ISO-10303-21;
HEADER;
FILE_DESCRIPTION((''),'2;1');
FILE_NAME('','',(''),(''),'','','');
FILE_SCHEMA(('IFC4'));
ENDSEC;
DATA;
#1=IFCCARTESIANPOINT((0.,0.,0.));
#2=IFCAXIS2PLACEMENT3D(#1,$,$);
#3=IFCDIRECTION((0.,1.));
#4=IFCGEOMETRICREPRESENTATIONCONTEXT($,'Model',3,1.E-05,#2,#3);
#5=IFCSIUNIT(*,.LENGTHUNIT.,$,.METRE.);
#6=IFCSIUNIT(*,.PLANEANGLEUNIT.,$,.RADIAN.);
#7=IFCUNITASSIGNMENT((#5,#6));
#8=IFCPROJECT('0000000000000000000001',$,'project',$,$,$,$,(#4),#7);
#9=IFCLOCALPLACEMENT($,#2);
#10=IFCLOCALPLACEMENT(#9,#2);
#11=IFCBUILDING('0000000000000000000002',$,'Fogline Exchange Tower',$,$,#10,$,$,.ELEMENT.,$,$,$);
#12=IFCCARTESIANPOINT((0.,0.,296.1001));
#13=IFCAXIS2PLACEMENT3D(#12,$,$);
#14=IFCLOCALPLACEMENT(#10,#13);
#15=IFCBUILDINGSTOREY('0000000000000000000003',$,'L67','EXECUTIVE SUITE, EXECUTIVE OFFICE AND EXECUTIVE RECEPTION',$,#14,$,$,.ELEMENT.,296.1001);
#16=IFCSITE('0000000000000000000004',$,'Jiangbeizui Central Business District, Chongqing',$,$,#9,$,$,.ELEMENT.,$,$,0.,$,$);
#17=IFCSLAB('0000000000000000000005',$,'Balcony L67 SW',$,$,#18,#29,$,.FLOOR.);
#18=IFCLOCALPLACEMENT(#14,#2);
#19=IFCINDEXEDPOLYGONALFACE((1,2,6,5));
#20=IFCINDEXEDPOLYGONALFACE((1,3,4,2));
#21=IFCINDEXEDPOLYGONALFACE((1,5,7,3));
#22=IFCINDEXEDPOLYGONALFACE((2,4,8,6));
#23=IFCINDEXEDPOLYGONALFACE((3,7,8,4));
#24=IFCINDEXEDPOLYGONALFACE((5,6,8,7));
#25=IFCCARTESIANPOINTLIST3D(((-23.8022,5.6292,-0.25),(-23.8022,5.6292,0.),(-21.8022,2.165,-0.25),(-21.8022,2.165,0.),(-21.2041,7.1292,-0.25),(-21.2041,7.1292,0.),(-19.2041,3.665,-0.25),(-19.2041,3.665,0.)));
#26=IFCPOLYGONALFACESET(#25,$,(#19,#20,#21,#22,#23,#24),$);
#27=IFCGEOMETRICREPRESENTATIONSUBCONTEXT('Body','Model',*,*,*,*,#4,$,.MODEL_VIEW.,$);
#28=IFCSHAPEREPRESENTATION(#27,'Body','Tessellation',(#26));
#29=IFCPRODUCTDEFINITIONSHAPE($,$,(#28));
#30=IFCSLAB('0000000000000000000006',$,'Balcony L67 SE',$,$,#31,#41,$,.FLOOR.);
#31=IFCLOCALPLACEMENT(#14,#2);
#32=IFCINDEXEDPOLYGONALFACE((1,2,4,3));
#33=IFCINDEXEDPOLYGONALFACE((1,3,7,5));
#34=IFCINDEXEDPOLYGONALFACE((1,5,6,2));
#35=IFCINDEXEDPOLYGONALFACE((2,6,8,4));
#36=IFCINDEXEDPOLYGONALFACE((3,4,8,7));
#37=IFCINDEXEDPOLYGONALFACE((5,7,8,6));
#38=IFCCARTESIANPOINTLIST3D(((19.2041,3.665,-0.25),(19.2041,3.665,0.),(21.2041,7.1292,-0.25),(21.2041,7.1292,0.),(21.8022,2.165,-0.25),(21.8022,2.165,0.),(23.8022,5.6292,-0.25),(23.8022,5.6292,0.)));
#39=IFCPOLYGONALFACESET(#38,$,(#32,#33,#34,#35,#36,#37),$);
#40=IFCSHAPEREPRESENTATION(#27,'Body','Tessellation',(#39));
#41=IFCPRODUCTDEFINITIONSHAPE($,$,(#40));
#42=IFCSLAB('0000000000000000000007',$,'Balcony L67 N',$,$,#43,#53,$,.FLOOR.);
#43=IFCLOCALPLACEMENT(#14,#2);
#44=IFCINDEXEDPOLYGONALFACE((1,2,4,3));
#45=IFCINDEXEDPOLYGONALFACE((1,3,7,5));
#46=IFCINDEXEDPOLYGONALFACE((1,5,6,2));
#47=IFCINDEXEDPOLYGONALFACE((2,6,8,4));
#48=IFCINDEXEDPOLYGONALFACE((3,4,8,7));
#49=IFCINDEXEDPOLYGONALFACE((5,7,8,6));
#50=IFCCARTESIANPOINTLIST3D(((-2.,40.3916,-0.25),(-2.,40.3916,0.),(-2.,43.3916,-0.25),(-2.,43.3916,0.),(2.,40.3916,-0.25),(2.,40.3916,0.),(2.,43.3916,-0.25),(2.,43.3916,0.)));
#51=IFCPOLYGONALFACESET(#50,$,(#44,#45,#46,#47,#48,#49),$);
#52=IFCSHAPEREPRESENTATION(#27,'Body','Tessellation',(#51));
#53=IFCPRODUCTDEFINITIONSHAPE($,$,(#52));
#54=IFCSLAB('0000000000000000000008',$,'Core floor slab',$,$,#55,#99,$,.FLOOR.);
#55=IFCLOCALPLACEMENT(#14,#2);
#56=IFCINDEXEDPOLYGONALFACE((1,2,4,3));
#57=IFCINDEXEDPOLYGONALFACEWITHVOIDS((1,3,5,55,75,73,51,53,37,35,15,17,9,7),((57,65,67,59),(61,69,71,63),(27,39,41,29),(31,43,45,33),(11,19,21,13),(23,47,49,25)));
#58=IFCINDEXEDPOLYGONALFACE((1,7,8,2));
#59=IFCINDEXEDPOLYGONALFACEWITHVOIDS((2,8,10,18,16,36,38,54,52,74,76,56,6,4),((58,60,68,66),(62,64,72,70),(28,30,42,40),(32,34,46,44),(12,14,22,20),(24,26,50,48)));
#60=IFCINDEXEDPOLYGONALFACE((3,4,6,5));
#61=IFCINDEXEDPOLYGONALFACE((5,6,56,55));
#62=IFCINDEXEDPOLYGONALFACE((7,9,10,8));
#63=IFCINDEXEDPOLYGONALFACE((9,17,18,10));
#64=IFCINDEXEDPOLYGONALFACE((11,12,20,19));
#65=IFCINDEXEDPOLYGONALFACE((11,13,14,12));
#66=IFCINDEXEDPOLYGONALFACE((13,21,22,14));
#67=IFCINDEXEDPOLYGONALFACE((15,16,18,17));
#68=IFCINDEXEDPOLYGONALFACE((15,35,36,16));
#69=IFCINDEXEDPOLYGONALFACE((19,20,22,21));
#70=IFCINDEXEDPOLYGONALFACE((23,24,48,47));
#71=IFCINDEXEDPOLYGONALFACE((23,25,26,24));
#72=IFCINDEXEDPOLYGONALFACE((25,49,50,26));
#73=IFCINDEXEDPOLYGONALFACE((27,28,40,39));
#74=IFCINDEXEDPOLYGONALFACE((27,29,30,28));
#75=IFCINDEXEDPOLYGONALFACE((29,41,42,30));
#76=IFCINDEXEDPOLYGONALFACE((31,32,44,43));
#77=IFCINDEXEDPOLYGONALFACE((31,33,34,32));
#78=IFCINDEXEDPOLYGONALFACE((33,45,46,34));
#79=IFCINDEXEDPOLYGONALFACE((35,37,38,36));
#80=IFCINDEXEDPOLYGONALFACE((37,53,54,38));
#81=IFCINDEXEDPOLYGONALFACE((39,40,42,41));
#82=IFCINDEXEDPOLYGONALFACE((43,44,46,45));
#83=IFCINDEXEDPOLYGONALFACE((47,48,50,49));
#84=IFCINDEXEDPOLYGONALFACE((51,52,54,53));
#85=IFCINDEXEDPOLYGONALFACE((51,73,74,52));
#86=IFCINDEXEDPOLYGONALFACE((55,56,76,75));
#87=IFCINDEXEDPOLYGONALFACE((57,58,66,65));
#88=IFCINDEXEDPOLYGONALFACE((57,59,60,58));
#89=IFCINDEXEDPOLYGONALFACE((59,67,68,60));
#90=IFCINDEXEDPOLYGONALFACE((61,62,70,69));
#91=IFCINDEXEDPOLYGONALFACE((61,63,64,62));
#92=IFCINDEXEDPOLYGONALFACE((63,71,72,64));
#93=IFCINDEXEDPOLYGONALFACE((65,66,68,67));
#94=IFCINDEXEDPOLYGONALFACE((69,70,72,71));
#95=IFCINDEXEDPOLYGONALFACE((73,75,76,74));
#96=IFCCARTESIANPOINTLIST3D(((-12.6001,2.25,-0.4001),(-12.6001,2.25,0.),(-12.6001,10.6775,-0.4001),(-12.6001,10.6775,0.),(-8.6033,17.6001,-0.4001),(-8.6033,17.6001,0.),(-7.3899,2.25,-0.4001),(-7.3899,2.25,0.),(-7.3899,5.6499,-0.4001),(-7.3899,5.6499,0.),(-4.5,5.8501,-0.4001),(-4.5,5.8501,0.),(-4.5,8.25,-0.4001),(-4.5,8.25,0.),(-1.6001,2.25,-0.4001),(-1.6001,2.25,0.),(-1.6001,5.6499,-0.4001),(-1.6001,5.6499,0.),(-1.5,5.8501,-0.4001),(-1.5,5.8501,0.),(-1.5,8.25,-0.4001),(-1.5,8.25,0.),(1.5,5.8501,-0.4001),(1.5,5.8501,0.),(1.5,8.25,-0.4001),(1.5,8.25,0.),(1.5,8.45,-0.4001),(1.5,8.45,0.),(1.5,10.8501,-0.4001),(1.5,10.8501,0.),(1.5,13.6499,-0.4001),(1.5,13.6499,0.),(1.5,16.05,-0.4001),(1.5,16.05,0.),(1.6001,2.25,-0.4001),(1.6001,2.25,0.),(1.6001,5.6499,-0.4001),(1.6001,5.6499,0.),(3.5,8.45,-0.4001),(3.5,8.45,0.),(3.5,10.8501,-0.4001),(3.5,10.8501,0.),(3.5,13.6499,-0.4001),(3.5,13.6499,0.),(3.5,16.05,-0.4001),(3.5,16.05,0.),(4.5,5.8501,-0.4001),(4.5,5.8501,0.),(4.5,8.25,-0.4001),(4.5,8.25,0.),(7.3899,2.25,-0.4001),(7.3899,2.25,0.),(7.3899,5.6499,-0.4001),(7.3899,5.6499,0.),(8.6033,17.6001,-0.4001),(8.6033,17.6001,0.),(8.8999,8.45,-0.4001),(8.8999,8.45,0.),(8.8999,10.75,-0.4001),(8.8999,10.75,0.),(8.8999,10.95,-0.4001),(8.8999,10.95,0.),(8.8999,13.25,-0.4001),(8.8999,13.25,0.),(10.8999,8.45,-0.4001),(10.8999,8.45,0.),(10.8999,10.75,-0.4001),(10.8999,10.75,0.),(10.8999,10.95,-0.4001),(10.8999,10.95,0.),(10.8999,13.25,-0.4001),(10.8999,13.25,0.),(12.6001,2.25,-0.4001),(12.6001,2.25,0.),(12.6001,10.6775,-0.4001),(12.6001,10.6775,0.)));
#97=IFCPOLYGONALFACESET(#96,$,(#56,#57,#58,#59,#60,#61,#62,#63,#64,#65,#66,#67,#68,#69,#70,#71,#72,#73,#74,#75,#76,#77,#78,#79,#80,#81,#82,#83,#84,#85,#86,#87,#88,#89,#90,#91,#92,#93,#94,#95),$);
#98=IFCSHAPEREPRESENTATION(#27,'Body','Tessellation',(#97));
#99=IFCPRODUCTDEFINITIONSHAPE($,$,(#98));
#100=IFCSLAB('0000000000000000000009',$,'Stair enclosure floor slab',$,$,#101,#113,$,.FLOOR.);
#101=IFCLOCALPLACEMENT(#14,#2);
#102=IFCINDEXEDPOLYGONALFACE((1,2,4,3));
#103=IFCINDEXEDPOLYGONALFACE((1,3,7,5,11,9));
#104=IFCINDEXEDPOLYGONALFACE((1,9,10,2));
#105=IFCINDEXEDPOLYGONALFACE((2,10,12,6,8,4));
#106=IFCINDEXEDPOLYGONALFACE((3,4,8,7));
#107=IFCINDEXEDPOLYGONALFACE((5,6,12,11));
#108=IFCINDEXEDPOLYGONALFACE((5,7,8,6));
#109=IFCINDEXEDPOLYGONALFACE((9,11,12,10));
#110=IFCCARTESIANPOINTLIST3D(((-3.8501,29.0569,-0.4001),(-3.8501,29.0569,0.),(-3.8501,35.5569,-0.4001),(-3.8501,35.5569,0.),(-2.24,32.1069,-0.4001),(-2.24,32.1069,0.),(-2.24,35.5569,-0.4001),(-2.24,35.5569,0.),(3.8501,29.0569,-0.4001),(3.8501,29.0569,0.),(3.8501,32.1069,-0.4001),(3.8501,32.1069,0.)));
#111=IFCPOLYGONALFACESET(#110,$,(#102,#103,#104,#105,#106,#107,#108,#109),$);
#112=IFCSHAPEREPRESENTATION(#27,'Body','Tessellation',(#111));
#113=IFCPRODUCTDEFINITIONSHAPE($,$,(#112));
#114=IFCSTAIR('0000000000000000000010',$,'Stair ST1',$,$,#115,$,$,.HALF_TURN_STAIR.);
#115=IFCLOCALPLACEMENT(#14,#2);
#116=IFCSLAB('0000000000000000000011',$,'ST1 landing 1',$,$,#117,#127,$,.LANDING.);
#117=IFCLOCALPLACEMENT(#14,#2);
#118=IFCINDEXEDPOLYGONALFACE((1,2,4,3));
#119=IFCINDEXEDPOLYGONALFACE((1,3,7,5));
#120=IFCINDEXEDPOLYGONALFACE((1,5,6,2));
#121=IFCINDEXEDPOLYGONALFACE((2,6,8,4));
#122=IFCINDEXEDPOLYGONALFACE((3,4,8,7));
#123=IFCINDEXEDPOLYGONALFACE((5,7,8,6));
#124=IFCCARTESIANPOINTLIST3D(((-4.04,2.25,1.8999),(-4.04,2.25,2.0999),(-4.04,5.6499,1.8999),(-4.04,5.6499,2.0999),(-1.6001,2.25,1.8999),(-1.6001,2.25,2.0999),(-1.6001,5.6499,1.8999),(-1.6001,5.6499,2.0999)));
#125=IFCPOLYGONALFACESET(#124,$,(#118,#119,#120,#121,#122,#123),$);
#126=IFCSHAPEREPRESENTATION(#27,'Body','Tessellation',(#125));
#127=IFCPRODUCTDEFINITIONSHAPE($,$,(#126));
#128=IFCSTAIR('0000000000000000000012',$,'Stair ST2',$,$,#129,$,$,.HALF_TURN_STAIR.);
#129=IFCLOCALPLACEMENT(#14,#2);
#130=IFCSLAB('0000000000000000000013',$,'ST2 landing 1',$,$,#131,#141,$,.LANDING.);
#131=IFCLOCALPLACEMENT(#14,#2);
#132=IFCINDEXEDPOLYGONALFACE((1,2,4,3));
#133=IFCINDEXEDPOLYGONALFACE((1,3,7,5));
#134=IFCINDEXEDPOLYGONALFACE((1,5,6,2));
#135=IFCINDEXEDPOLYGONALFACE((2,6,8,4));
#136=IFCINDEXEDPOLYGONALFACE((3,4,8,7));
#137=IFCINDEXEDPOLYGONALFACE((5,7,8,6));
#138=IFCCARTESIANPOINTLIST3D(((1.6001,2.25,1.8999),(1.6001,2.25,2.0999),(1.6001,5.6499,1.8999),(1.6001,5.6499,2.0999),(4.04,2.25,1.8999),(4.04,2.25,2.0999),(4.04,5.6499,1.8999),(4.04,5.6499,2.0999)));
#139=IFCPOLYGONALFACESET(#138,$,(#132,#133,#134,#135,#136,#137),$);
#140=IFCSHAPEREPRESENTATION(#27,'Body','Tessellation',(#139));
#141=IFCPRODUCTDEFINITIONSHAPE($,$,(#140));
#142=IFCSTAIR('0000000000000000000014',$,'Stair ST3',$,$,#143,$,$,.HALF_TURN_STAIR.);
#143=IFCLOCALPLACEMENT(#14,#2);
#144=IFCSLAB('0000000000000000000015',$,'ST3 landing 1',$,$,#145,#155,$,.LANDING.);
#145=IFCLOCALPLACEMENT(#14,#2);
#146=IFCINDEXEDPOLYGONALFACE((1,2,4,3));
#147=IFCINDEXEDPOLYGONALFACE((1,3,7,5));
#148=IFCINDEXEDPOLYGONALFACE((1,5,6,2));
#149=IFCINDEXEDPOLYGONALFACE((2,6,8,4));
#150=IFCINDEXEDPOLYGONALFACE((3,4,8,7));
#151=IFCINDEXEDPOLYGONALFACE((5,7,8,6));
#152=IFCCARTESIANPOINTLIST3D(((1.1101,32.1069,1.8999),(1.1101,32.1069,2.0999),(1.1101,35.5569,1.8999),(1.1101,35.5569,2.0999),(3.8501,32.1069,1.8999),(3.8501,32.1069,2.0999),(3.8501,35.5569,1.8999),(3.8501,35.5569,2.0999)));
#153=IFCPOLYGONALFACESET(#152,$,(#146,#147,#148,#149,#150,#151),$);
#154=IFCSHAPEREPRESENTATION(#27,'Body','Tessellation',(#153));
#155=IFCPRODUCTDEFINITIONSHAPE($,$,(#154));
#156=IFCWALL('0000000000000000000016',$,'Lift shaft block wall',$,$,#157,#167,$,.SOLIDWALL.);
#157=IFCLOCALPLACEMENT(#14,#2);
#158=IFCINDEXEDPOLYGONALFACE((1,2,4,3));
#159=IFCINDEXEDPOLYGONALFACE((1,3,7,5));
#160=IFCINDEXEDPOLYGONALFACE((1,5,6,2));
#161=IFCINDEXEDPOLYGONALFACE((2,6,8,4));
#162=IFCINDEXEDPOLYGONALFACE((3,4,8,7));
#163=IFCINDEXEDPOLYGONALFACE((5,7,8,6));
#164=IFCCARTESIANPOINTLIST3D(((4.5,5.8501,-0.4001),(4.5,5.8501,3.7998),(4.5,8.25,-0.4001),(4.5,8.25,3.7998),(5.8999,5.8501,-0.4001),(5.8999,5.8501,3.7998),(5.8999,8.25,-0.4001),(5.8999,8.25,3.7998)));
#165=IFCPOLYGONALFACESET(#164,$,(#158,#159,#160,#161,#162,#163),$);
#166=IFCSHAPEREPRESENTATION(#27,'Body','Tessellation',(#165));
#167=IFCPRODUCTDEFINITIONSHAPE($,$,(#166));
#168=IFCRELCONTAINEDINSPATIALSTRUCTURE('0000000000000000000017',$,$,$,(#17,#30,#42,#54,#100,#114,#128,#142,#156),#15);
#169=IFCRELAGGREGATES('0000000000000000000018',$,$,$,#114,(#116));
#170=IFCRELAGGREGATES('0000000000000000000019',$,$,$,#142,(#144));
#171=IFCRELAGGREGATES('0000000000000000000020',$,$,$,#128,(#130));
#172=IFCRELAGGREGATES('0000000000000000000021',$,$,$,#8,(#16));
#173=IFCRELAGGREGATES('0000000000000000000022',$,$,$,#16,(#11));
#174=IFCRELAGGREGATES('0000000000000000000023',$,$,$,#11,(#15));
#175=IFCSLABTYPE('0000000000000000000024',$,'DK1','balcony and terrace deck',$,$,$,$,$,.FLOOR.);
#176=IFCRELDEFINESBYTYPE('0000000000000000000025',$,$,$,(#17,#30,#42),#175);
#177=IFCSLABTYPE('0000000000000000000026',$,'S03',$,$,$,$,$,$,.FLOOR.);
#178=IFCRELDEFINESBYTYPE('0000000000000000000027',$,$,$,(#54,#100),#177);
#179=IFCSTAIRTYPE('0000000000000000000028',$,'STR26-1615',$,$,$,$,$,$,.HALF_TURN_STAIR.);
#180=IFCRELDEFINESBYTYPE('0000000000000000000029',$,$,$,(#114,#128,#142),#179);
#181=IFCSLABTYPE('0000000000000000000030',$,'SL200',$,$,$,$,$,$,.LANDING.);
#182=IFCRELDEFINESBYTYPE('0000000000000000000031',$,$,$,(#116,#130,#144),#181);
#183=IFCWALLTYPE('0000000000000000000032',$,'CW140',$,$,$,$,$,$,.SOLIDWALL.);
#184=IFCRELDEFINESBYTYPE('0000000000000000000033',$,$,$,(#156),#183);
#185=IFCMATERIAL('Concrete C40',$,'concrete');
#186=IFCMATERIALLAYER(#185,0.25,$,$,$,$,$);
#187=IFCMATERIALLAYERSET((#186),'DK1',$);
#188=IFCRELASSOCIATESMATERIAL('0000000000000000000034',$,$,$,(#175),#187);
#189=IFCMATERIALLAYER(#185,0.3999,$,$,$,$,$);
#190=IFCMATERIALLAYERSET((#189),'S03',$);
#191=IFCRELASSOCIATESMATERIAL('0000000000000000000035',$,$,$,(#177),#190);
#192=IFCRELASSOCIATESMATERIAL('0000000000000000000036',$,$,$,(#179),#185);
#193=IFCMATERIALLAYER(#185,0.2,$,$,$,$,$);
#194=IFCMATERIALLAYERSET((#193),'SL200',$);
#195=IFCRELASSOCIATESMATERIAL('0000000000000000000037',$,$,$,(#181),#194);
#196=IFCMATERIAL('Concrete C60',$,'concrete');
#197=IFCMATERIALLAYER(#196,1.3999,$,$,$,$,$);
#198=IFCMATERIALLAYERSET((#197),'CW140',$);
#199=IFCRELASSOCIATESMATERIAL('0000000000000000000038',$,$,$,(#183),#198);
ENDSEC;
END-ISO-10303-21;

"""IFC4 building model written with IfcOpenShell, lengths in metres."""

from ifc_helpers import new_model, si_unit, direction, frame, frame_2d, origin, place, context, subcontext, project, spatial, polyline, rectangle, outline, extrude, material, layer, layer_set, type_object, element, aggregate, save


model = new_model("IFC4")

# Units and contexts
model_context = context("Model", 3, precision=1e-05, world=origin(), true_north=direction((0.0, 1.0)))
body_context = subcontext(model_context, "Body", "Model", "MODEL_VIEW")
ifc_project = project(units=[si_unit("LENGTHUNIT", "METRE"), si_unit("PLANEANGLEUNIT", "RADIAN")], contexts=[model_context])

# Site, building, storey
site_placement = place(None, origin())
site = spatial("IfcSite", under=ifc_project, at=site_placement, Name="Jiangbeizui Central Business District, Chongqing", CompositionType="ELEMENT", RefElevation=0.0)
building_placement = place(site_placement, origin())
building = spatial("IfcBuilding", under=site, at=building_placement, Name="Fogline Exchange Tower", CompositionType="ELEMENT")
storey_placement = place(building_placement, frame((0.0, 0.0, 296.1001)))
storey = spatial("IfcBuildingStorey", under=building, at=storey_placement, Name="L67", Description="EXECUTIVE SUITE, EXECUTIVE OFFICE AND EXECUTIVE RECEPTION", CompositionType="ELEMENT", Elevation=296.1001)

# Slabs
ifc_material_1 = material(Name="Concrete C40", Category="concrete")
ifc_layer_1 = layer(ifc_material_1, 0.25)
ifc_layer_set_1 = layer_set([ifc_layer_1], Name="DK1")
slab_type_1 = type_object("IfcSlabType", Name="DK1", Description="balcony and terrace deck", PredefinedType="FLOOR", material=ifc_layer_set_1)
slab_1_placement = place(storey_placement, frame((0.0, 0.0, -0.25)))
element("IfcSlab", 1, at=slab_1_placement, inside=storey, type_object=slab_type_1, Name="Balcony L67 SW", PredefinedType="FLOOR", context=body_context, shape_type="SweptSolid", body=[
    extrude(outline(polyline([(-23.8022, 5.6292), (-21.8022, 2.165), (-19.2041, 3.665), (-21.2041, 7.1292), (-23.8022, 5.6292)])), origin(), (0.0, 0.0, 1.0), 0.25),
])
slab_2_placement = place(storey_placement, frame((0.0, 0.0, -0.25)))
element("IfcSlab", 2, at=slab_2_placement, inside=storey, type_object=slab_type_1, Name="Balcony L67 SE", PredefinedType="FLOOR", context=body_context, shape_type="SweptSolid", body=[
    extrude(outline(polyline([(21.8022, 2.165), (23.8022, 5.6292), (21.2041, 7.1292), (19.2041, 3.665), (21.8022, 2.165)])), origin(), (0.0, 0.0, 1.0), 0.25),
])
slab_3_placement = place(storey_placement, frame((0.0, 0.0, -0.25)))
element("IfcSlab", 3, at=slab_3_placement, inside=storey, type_object=slab_type_1, Name="Balcony L67 N", PredefinedType="FLOOR", context=body_context, shape_type="SweptSolid", body=[
    extrude(outline(polyline([(2.0, 43.3916), (-2.0, 43.3916), (-2.0, 40.3916), (2.0, 40.3916), (2.0, 43.3916)])), origin(), (0.0, 0.0, 1.0), 0.25),
])
ifc_layer_2 = layer(ifc_material_1, 0.3999)
ifc_layer_set_2 = layer_set([ifc_layer_2], Name="S03")
slab_type_2 = type_object("IfcSlabType", Name="S03", PredefinedType="FLOOR", material=ifc_layer_set_2)
slab_4_placement = place(storey_placement, frame((0.0, 0.0, -0.4001)))
element("IfcSlab", 4, at=slab_4_placement, inside=storey, type_object=slab_type_2, Name="Core floor slab", PredefinedType="FLOOR", context=body_context, shape_type="SweptSolid", body=[
    extrude(outline(polyline([(-12.6001, 2.25), (-12.6001, 10.6775), (-8.6033, 17.6001), (8.6033, 17.6001), (12.6001, 10.6775), (12.6001, 2.25), (7.3899, 2.25), (7.3899, 5.6499), (1.6001, 5.6499), (1.6001, 2.25), (-1.6001, 2.25), (-1.6001, 5.6499), (-7.3899, 5.6499), (-7.3899, 2.25), (-12.6001, 2.25)]), holes=[polyline([(-4.5, 8.25), (-4.5, 5.8501), (-1.5, 5.8501), (-1.5, 8.25), (-4.5, 8.25)]), polyline([(1.5, 8.25), (1.5, 5.8501), (4.5, 5.8501), (4.5, 8.25), (1.5, 8.25)]), polyline([(8.8999, 10.75), (8.8999, 8.45), (10.8999, 8.45), (10.8999, 10.75), (8.8999, 10.75)]), polyline([(1.5, 10.8501), (1.5, 8.45), (3.5, 8.45), (3.5, 10.8501), (1.5, 10.8501)]), polyline([(8.8999, 13.25), (8.8999, 10.95), (10.8999, 10.95), (10.8999, 13.25), (8.8999, 13.25)]), polyline([(1.5, 16.05), (1.5, 13.6499), (3.5, 13.6499), (3.5, 16.05), (1.5, 16.05)])]), origin(), (0.0, 0.0, 1.0), 0.4001),
])
slab_5_placement = place(storey_placement, frame((0.0, 0.0, -0.4001)))
element("IfcSlab", 5, at=slab_5_placement, inside=storey, type_object=slab_type_2, Name="Stair enclosure floor slab", PredefinedType="FLOOR", context=body_context, shape_type="SweptSolid", body=[
    extrude(outline(polyline([(3.8501, 29.0569), (-3.8501, 29.0569), (-3.8501, 35.5569), (-2.24, 35.5569), (-2.24, 32.1069), (3.8501, 32.1069), (3.8501, 29.0569)])), origin(), (0.0, 0.0, 1.0), 0.4001),
])

# Stairs, slabs
stair_type = type_object("IfcStairType", Name="STR26-1615", PredefinedType="HALF_TURN_STAIR", material=ifc_material_1)
stair_1_placement = place(storey_placement, origin())
stair_1 = element("IfcStair", 6, at=stair_1_placement, inside=storey, type_object=stair_type, Name="Stair ST1", PredefinedType="HALF_TURN_STAIR")
ifc_layer_3 = layer(ifc_material_1, 0.2)
ifc_layer_set_3 = layer_set([ifc_layer_3], Name="SL200")
slab_type_3 = type_object("IfcSlabType", Name="SL200", PredefinedType="LANDING", material=ifc_layer_set_3)
slab_6_placement = place(storey_placement, frame((0.0, 0.0, 1.8999)))
slab_6 = element("IfcSlab", 7, at=slab_6_placement, type_object=slab_type_3, Name="ST1 landing 1", PredefinedType="LANDING", context=body_context, shape_type="SweptSolid", body=[
    extrude(outline(polyline([(-4.04, 2.25), (-1.6001, 2.25), (-1.6001, 5.6499), (-4.04, 5.6499), (-4.04, 2.25)])), origin(), (0.0, 0.0, 1.0), 0.2),
])
aggregate(stair_1, [slab_6])
stair_2_placement = place(storey_placement, origin())
stair_2 = element("IfcStair", 8, at=stair_2_placement, inside=storey, type_object=stair_type, Name="Stair ST2", PredefinedType="HALF_TURN_STAIR")
slab_7_placement = place(storey_placement, frame((0.0, 0.0, 1.8999)))
slab_7 = element("IfcSlab", 9, at=slab_7_placement, type_object=slab_type_3, Name="ST2 landing 1", PredefinedType="LANDING", context=body_context, shape_type="SweptSolid", body=[
    extrude(outline(polyline([(1.6001, 2.25), (4.04, 2.25), (4.04, 5.6499), (1.6001, 5.6499), (1.6001, 2.25)])), origin(), (0.0, 0.0, 1.0), 0.2),
])
stair_3_placement = place(storey_placement, origin())
stair_3 = element("IfcStair", 10, at=stair_3_placement, inside=storey, type_object=stair_type, Name="Stair ST3", PredefinedType="HALF_TURN_STAIR")
slab_8_placement = place(storey_placement, frame((0.0, 0.0, 1.8999)))
slab_8 = element("IfcSlab", 11, at=slab_8_placement, type_object=slab_type_3, Name="ST3 landing 1", PredefinedType="LANDING", context=body_context, shape_type="SweptSolid", body=[
    extrude(outline(polyline([(1.1101, 32.1069), (3.8501, 32.1069), (3.8501, 35.5569), (1.1101, 35.5569), (1.1101, 32.1069)])), origin(), (0.0, 0.0, 1.0), 0.2),
])
aggregate(stair_3, [slab_8])

# Wall
ifc_material_2 = material(Name="Concrete C60", Category="concrete")
ifc_layer_4 = layer(ifc_material_2, 1.3999)
ifc_layer_set_4 = layer_set([ifc_layer_4], Name="CW140")
wall_type_1 = type_object("IfcWallType", Name="CW140", PredefinedType="SOLIDWALL", material=ifc_layer_set_4)
wall_1_placement = place(storey_placement, frame((5.2, 5.8501, -0.4001), z_axis=(0.0, 0.0, 1.0), x_axis=(0.0, 1.0, 0.0)))
element("IfcWall", 12, at=wall_1_placement, inside=storey, type_object=wall_type_1, Name="Lift shaft block wall", PredefinedType="SOLIDWALL", context=body_context, shape_type="SweptSolid", body=[
    extrude(rectangle(XDim=2.3999, YDim=1.3999, at=frame_2d((1.2, 0.0))), origin(), (0.0, 0.0, 1.0), 4.2),
])

aggregate(stair_2, [slab_7])

save(model, "model.ifc")
